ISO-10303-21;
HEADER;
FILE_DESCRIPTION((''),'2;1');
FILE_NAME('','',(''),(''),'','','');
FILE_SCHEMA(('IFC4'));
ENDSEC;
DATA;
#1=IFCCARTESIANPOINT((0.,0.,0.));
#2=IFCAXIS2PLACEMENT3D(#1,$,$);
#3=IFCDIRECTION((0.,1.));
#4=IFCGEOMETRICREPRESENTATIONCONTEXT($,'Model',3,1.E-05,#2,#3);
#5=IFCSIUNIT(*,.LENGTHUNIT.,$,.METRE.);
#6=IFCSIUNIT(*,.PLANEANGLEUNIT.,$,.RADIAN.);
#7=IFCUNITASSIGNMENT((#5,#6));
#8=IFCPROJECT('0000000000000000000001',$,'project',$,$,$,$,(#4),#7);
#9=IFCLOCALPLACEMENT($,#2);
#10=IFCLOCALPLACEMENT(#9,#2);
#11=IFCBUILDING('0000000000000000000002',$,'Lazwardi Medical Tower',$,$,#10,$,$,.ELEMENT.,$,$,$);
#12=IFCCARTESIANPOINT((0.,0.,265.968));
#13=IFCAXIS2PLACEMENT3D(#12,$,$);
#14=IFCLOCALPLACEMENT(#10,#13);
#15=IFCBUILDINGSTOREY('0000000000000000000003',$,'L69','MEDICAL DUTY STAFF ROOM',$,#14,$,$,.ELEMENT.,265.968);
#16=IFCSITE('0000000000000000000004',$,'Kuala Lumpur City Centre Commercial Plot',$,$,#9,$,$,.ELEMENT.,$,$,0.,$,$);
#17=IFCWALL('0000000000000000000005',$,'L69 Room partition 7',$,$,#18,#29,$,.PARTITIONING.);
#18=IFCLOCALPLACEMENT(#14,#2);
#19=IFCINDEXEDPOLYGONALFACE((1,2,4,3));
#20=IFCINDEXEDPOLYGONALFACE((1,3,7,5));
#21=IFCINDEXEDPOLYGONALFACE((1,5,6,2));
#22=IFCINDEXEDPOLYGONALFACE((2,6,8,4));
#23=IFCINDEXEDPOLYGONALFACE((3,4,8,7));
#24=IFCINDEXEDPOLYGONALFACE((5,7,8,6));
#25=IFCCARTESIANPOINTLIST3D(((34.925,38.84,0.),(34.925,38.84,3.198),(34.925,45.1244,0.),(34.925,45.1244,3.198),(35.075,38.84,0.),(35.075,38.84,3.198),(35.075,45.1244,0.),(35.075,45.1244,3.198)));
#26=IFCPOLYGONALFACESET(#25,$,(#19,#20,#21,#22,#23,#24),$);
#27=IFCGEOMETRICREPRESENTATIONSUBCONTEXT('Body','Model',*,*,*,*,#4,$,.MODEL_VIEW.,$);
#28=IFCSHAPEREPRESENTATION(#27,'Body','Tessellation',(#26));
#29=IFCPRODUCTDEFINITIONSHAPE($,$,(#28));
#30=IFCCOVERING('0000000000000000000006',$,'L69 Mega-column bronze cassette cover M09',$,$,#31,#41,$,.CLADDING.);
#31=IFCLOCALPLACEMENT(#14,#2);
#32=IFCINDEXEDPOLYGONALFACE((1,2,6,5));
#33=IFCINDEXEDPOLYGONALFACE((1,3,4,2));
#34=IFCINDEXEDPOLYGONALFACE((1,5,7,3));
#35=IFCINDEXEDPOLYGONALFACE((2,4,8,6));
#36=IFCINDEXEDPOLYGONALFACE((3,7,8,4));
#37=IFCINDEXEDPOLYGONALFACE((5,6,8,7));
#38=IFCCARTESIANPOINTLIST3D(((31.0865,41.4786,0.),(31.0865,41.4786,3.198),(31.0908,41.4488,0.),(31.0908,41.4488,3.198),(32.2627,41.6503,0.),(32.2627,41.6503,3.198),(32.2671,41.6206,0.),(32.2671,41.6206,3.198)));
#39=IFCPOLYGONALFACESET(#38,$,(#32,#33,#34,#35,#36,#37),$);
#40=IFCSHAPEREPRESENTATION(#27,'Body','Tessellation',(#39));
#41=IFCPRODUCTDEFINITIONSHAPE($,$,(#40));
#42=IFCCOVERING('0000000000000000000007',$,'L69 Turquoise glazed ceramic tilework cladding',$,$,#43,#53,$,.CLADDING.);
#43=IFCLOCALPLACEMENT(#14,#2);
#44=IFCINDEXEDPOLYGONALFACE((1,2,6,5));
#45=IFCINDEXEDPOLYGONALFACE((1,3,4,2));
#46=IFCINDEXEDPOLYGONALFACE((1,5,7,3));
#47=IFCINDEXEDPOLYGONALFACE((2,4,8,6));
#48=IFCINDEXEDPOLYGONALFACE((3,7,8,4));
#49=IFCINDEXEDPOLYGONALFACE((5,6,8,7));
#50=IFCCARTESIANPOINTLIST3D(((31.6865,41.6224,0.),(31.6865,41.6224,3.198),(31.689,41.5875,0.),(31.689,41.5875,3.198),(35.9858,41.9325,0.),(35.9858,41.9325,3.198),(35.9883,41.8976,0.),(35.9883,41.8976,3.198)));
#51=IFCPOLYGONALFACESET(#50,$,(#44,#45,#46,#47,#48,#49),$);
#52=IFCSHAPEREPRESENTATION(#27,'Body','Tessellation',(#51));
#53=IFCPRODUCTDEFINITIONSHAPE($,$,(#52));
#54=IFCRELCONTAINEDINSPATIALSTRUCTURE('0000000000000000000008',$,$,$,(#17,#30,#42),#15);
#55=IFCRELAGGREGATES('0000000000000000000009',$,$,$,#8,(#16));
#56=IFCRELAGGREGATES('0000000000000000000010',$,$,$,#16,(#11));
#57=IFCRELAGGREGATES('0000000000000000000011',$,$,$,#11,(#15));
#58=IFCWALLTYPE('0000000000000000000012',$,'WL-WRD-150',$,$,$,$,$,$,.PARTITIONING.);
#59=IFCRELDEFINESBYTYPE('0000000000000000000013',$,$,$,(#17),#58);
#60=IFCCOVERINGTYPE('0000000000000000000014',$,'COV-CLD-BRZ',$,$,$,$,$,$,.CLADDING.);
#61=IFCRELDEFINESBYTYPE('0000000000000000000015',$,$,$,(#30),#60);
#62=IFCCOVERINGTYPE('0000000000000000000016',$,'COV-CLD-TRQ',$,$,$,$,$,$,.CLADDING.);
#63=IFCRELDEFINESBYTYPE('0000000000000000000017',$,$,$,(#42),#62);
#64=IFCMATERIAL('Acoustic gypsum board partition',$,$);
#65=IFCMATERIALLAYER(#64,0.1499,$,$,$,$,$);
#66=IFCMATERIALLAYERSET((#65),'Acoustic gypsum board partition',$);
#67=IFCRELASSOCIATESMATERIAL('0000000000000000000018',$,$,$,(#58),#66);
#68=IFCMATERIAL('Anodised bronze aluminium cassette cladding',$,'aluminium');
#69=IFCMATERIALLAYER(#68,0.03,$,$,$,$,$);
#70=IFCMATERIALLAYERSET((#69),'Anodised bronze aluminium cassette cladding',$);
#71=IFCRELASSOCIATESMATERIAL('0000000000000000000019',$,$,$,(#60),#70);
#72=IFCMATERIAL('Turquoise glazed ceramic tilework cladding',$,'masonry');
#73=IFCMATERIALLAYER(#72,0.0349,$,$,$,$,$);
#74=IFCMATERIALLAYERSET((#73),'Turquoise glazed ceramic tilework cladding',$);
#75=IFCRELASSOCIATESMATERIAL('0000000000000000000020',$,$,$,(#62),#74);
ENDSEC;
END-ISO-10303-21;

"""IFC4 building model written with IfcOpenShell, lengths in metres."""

from ifc_helpers import new_model, si_unit, direction, frame, frame_2d, origin, origin_2d, place, context, subcontext, project, spatial, rectangle, extrude, material, layer, layer_set, type_object, element, save


model = new_model("IFC4")

# Units and contexts
model_context = context("Model", 3, precision=1e-05, world=origin(), true_north=direction((0.0, 1.0)))
body_context = subcontext(model_context, "Body", "Model", "MODEL_VIEW")
ifc_project = project(units=[si_unit("LENGTHUNIT", "METRE"), si_unit("PLANEANGLEUNIT", "RADIAN")], contexts=[model_context])

# Site, building, storey
site_placement = place(None, origin())
site = spatial("IfcSite", under=ifc_project, at=site_placement, Name="Kuala Lumpur City Centre Commercial Plot", CompositionType="ELEMENT", RefElevation=0.0)
building_placement = place(site_placement, origin())
building = spatial("IfcBuilding", under=site, at=building_placement, Name="Lazwardi Medical Tower", CompositionType="ELEMENT")
storey_placement = place(building_placement, frame((0.0, 0.0, 265.968)))
storey = spatial("IfcBuildingStorey", under=building, at=storey_placement, Name="L69", Description="MEDICAL DUTY STAFF ROOM", CompositionType="ELEMENT", Elevation=265.968)

# Wall
ifc_material_1 = material(Name="Acoustic gypsum board partition")
ifc_layer_1 = layer(ifc_material_1, 0.1499)
ifc_layer_set_1 = layer_set([ifc_layer_1], Name="Acoustic gypsum board partition")
wall_type_1 = type_object("IfcWallType", Name="WL-WRD-150", PredefinedType="PARTITIONING", material=ifc_layer_set_1)
wall_1_placement = place(storey_placement, frame((35.0, 38.8401, 0.0), z_axis=(0.0, 0.0, 1.0), x_axis=(0.0, 1.0, 0.0)))
element("IfcWall", 1, at=wall_1_placement, inside=storey, type_object=wall_type_1, Name="L69 Room partition 7", PredefinedType="PARTITIONING", context=body_context, shape_type="SweptSolid", body=[
    extrude(rectangle(XDim=6.2844, YDim=0.1499, at=frame_2d((3.1421, 0.0))), origin(), (0.0, 0.0, 1.0), 3.198),
])

# Coverings
ifc_material_2 = material(Name="Anodised bronze aluminium cassette cladding", Category="aluminium")
ifc_layer_2 = layer(ifc_material_2, 0.03)
ifc_layer_set_2 = layer_set([ifc_layer_2], Name="Anodised bronze aluminium cassette cladding")
covering_type_1 = type_object("IfcCoveringType", Name="COV-CLD-BRZ", PredefinedType="CLADDING", material=ifc_layer_set_2)
covering_1_placement = place(storey_placement, frame((31.6768, 41.5496, 0.0), z_axis=(0.0, 0.0, 1.0), x_axis=(-0.989512, -0.144448, 0.0)))
element("IfcCovering", 2, at=covering_1_placement, inside=storey, type_object=covering_type_1, Name="L69 Mega-column bronze cassette cover M09", PredefinedType="CLADDING", context=body_context, shape_type="SweptSolid", body=[
    extrude(rectangle(XDim=1.1887, YDim=0.03, at=origin_2d()), origin(), (0.0, 0.0, 1.0), 3.198),
])
ifc_material_3 = material(Name="Turquoise glazed ceramic tilework cladding", Category="masonry")
ifc_layer_3 = layer(ifc_material_3, 0.0349)
ifc_layer_set_3 = layer_set([ifc_layer_3], Name="Turquoise glazed ceramic tilework cladding")
covering_type_2 = type_object("IfcCoveringType", Name="COV-CLD-TRQ", PredefinedType="CLADDING", material=ifc_layer_set_3)
covering_2_placement = place(storey_placement, frame((33.8374, 41.76, 0.0), z_axis=(0.0, 0.0, 1.0), x_axis=(-0.997409, -0.07194, 0.0)))
element("IfcCovering", 3, at=covering_2_placement, inside=storey, type_object=covering_type_2, Name="L69 Turquoise glazed ceramic tilework cladding", PredefinedType="CLADDING", context=body_context, shape_type="SweptSolid", body=[
    extrude(rectangle(XDim=4.3105, YDim=0.0349, at=origin_2d()), origin(), (0.0, 0.0, 1.0), 3.198),
])

save(model, "model.ifc")
